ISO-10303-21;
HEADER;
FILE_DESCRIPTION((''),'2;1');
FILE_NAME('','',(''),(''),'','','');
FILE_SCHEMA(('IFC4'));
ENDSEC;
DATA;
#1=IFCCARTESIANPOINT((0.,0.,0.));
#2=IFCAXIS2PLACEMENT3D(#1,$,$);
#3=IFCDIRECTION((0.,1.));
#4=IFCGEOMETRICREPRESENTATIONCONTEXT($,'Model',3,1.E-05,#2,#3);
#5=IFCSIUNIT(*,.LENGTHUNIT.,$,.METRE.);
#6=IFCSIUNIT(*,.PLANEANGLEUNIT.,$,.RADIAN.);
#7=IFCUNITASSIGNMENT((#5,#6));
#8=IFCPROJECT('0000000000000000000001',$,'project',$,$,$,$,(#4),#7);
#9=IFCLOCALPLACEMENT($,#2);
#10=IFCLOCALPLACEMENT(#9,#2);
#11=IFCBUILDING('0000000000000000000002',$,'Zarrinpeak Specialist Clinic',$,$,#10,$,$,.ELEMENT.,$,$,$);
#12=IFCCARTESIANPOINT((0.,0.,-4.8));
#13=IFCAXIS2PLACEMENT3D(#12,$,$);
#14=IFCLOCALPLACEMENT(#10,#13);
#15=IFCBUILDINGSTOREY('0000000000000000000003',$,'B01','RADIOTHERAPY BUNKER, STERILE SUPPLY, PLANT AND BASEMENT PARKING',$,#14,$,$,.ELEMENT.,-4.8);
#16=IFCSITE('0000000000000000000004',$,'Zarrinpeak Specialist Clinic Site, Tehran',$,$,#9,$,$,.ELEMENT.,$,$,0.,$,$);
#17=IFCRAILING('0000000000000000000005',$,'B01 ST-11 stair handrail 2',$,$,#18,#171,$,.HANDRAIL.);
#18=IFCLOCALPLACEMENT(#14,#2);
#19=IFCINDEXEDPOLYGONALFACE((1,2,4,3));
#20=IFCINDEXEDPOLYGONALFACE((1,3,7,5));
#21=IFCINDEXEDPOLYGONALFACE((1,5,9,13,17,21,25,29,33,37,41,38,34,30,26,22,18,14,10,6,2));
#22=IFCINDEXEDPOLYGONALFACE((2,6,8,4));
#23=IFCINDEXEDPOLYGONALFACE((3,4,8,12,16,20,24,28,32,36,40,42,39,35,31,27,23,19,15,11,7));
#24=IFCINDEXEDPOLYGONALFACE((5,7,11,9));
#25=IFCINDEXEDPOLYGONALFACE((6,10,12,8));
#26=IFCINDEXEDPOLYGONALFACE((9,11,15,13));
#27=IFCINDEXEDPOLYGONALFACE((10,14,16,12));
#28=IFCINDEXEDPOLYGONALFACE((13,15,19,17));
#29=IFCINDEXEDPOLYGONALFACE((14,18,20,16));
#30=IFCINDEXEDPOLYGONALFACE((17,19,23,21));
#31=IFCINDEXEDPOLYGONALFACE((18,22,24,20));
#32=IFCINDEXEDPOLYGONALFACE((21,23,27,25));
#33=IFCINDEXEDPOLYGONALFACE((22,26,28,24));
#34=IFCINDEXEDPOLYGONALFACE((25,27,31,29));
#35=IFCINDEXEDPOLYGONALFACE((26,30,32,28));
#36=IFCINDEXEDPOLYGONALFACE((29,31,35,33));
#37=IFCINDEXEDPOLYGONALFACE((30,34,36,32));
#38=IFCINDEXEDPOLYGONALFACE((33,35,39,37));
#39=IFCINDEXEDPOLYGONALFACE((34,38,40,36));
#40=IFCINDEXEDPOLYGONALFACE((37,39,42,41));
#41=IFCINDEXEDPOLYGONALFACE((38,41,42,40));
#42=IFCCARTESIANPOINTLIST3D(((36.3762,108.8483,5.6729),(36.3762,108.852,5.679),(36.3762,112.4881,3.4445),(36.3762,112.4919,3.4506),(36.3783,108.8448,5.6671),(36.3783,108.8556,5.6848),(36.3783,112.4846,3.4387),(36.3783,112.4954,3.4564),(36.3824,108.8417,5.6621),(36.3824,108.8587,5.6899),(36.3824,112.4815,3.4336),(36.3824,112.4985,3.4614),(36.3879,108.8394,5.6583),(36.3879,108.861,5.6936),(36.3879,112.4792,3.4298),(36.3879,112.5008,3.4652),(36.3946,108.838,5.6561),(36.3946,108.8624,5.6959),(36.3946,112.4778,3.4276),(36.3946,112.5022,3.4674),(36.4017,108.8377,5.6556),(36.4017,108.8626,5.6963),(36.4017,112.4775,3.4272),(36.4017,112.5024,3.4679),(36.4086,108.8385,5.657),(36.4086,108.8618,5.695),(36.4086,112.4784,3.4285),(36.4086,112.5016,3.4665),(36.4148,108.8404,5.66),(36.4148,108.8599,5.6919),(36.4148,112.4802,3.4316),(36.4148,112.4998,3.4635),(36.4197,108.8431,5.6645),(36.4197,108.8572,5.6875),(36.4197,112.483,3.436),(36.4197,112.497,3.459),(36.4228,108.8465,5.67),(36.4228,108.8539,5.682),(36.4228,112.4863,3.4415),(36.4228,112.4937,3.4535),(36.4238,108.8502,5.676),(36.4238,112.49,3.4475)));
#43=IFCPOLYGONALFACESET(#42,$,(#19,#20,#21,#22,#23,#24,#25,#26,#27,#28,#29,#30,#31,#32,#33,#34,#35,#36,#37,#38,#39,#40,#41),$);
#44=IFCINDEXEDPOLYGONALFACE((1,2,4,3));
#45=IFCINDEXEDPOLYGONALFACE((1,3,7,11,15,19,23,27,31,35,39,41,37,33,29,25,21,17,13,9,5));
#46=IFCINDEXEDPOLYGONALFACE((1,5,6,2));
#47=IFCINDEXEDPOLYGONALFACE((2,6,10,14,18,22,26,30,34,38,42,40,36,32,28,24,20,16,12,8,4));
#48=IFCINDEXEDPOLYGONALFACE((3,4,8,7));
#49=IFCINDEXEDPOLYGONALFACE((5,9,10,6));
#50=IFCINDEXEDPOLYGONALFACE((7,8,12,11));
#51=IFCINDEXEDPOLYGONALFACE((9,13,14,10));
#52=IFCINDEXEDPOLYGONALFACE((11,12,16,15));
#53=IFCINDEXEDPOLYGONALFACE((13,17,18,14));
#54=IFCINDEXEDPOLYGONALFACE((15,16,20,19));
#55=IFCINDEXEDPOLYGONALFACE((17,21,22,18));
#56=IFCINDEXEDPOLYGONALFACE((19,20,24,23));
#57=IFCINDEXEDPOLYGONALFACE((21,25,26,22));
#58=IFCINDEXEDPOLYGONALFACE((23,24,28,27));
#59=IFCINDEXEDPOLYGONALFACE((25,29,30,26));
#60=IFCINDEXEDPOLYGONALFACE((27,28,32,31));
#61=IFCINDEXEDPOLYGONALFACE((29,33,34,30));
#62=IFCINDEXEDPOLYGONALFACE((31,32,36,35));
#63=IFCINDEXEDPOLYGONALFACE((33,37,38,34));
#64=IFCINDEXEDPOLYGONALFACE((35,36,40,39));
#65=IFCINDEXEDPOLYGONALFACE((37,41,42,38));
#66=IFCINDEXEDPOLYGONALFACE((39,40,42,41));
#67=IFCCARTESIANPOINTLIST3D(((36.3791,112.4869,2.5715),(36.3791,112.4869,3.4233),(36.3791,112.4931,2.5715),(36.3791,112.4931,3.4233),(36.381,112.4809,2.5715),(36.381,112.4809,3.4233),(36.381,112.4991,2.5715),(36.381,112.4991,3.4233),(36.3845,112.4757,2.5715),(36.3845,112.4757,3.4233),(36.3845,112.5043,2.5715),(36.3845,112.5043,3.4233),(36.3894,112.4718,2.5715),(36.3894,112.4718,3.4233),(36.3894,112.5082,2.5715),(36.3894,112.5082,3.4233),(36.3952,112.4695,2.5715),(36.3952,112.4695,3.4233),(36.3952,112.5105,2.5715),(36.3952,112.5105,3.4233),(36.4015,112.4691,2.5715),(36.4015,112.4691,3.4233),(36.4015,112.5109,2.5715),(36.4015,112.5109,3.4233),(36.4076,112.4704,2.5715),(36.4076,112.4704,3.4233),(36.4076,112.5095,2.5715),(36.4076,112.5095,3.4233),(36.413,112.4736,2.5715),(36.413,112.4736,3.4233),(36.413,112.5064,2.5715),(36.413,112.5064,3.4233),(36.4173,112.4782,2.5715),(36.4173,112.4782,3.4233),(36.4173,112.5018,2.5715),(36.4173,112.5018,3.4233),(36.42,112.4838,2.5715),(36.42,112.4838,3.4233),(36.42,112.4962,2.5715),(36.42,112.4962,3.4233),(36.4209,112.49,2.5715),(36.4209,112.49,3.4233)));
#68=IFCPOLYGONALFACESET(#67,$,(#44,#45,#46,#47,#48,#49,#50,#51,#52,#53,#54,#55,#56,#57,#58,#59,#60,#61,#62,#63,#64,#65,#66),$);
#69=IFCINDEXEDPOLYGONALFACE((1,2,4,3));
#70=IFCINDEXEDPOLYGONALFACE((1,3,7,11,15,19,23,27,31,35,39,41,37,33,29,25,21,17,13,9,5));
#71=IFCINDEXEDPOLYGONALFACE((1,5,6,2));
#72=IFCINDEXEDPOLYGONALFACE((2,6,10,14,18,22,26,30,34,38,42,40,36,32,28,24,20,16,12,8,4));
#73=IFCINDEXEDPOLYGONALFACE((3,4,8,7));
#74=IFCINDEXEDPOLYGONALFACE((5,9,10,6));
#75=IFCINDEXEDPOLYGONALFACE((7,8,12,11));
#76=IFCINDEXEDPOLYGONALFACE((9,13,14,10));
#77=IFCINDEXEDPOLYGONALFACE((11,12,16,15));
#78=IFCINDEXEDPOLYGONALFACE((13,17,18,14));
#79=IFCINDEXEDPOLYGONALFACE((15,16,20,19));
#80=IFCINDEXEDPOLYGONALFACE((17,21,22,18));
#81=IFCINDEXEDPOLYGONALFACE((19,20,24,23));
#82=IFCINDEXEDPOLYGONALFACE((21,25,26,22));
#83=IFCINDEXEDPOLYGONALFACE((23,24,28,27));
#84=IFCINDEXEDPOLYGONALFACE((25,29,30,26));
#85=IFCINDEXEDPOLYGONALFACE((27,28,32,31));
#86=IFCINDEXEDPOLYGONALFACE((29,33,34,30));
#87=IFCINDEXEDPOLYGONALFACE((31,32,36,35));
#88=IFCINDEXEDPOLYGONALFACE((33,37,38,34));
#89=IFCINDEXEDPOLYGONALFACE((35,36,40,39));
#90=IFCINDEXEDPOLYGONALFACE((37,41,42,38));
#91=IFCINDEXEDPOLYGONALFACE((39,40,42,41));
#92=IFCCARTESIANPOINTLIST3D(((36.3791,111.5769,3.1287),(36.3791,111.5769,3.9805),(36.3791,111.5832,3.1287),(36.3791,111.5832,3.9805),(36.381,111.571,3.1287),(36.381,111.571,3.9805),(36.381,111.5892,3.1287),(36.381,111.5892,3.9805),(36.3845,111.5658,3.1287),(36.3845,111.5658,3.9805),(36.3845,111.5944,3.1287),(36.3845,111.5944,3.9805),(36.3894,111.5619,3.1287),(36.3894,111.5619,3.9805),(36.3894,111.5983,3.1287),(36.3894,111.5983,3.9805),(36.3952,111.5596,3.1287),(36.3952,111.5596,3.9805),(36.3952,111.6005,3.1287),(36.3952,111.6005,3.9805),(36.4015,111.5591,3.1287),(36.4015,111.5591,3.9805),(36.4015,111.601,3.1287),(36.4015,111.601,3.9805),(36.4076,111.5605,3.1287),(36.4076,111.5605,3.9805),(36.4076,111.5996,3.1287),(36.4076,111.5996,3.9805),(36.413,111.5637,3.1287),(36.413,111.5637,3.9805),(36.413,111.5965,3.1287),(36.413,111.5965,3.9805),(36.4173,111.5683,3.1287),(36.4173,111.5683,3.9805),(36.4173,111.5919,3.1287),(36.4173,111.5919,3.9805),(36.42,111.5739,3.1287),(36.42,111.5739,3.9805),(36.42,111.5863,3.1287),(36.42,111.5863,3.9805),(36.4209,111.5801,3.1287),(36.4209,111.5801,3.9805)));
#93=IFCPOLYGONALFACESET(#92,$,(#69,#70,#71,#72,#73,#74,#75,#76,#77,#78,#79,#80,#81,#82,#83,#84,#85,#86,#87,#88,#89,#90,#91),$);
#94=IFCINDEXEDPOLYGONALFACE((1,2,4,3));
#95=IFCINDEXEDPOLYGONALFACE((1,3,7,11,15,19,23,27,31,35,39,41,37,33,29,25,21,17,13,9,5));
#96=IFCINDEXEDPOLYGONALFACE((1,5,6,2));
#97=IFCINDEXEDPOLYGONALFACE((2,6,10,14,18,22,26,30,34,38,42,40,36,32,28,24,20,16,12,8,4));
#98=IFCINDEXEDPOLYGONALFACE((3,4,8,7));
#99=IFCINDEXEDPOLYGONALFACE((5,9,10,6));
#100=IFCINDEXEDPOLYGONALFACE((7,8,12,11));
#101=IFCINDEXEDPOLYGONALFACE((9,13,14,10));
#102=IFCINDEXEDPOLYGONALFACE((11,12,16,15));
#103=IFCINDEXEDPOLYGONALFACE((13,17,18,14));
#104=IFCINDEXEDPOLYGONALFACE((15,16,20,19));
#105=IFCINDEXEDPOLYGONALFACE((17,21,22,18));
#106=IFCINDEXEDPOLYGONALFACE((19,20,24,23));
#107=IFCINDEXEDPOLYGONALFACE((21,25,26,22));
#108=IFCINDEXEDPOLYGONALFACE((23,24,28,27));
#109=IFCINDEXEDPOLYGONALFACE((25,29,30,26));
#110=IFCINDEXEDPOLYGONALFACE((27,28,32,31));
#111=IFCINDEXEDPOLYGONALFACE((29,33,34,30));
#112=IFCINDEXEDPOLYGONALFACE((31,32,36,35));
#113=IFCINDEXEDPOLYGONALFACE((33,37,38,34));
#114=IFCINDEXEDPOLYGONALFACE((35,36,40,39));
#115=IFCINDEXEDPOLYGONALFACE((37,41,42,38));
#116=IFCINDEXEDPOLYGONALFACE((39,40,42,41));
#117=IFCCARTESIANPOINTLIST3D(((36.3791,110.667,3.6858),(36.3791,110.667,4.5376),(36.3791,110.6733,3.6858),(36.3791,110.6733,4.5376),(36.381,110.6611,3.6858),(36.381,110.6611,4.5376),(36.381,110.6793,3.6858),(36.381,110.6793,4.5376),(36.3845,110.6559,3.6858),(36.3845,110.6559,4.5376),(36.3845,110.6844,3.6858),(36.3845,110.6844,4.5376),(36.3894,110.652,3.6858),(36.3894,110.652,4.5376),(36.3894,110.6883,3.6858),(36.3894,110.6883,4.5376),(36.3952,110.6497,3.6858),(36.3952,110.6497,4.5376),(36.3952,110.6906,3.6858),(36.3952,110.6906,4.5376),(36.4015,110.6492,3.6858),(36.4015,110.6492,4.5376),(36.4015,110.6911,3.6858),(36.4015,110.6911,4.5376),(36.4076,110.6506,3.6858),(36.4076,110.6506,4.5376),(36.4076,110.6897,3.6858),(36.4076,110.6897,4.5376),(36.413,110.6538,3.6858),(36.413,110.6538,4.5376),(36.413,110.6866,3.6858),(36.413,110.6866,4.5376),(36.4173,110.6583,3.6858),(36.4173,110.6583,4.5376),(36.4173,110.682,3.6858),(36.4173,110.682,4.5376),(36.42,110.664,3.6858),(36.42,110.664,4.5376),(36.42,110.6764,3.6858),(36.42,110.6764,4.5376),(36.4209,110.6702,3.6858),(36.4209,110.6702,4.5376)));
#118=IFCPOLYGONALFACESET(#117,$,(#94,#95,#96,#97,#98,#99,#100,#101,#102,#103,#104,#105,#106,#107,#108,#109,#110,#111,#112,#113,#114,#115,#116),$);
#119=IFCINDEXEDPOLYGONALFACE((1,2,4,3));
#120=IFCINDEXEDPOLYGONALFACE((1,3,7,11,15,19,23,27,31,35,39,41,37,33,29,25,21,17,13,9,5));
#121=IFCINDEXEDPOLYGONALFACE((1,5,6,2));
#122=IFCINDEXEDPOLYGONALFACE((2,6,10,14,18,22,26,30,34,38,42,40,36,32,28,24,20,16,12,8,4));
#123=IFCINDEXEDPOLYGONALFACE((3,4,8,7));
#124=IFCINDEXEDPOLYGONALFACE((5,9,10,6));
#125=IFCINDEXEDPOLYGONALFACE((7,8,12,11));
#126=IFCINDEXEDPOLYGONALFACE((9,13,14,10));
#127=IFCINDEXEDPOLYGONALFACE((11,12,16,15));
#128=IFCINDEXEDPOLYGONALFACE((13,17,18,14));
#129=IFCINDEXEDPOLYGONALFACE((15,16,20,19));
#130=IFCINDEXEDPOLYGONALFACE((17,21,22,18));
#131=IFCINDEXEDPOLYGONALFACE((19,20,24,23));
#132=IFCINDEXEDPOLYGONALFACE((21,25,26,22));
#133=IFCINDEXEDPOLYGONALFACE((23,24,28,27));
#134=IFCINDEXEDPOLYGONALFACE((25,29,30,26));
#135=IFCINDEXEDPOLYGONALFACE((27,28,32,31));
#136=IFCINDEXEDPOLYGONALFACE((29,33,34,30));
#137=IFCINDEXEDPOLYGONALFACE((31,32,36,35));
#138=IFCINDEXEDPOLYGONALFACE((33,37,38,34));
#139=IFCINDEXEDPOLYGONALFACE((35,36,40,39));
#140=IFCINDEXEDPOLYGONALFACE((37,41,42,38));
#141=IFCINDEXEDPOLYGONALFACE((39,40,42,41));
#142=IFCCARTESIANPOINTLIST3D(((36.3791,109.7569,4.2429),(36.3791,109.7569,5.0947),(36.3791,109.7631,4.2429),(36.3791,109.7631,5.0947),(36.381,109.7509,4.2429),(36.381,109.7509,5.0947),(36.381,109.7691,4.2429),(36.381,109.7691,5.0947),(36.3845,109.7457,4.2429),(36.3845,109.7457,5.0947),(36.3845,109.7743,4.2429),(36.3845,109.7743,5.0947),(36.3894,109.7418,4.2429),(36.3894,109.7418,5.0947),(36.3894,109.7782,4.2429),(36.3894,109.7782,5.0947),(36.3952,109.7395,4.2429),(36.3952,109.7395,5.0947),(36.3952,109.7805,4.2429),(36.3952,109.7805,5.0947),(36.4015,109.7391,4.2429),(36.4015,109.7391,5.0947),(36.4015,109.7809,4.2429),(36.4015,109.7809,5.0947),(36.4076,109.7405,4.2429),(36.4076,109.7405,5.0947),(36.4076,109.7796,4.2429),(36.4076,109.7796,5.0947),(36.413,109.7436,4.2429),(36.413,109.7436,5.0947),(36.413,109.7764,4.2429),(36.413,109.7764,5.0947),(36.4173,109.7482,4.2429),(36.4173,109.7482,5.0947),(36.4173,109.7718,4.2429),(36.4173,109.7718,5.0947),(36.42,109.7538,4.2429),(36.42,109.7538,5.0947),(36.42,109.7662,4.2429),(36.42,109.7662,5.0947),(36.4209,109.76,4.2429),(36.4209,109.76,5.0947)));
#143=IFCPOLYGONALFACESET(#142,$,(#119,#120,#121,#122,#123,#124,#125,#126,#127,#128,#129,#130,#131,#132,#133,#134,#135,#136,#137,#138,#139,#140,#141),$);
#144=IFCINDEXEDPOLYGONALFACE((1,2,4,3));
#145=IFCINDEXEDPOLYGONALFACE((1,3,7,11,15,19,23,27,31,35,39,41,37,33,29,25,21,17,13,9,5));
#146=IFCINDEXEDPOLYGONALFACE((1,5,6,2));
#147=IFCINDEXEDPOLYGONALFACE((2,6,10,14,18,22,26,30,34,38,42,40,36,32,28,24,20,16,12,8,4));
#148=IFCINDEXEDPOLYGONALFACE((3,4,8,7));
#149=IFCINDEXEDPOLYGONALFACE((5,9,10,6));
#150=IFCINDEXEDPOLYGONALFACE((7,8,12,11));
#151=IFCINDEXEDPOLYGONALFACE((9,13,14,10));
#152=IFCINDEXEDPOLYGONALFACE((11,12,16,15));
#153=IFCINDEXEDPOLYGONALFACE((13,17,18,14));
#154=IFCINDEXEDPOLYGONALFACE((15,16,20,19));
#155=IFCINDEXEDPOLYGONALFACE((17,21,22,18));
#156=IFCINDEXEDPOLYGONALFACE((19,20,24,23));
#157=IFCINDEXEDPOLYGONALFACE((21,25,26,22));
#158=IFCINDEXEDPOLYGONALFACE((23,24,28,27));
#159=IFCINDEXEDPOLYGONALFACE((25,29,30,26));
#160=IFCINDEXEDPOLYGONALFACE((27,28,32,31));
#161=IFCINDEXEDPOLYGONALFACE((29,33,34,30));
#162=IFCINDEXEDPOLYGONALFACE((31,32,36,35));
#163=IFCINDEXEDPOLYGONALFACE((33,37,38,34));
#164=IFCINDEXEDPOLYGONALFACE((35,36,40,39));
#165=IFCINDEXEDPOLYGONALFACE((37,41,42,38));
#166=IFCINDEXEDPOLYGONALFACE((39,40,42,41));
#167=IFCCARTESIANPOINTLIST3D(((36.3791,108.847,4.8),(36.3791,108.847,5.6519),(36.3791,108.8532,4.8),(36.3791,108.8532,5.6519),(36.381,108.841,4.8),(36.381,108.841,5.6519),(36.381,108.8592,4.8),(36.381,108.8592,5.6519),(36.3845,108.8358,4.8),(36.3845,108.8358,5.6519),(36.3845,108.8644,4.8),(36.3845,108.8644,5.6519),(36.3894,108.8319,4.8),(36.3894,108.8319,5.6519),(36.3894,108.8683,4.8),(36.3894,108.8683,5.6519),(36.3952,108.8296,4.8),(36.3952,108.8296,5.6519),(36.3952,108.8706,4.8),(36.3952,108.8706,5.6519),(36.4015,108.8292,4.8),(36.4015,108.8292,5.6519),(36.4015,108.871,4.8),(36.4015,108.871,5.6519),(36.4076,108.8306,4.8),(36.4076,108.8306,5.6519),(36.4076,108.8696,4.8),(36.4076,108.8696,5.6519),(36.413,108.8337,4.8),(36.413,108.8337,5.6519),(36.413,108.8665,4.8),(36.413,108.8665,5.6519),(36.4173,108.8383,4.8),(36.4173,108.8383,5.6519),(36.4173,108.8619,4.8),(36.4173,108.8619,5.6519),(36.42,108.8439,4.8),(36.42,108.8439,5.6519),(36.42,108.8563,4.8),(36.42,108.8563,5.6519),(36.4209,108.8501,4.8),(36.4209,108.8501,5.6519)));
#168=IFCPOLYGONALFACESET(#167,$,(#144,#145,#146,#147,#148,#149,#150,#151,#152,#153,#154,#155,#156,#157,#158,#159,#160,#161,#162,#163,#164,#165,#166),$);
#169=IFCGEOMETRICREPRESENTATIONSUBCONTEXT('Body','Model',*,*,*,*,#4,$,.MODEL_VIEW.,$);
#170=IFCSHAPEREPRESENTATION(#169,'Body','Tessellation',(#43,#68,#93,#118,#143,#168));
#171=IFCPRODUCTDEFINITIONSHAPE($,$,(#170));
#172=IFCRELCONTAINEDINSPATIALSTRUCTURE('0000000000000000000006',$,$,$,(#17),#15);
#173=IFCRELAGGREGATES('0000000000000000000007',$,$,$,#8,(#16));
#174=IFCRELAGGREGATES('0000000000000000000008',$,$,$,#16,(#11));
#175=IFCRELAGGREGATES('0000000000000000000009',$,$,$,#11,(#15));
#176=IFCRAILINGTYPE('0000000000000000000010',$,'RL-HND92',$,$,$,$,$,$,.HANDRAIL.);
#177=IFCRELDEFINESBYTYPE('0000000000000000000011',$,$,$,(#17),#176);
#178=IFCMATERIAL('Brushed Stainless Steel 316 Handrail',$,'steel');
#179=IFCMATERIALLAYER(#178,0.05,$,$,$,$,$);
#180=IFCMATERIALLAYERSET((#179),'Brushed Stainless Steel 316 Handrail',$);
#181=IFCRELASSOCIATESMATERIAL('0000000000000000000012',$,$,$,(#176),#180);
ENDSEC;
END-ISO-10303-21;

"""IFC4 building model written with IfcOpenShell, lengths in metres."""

from ifc_helpers import new_model, si_unit, direction, frame, origin, origin_2d, place, context, subcontext, project, spatial, circle, extrude, material, layer, layer_set, type_object, element, save


model = new_model("IFC4")

# Units and contexts
model_context = context("Model", 3, precision=1e-05, world=origin(), true_north=direction((0.0, 1.0)))
body_context = subcontext(model_context, "Body", "Model", "MODEL_VIEW")
ifc_project = project(units=[si_unit("LENGTHUNIT", "METRE"), si_unit("PLANEANGLEUNIT", "RADIAN")], contexts=[model_context])

# Site, building, storey
site_placement = place(None, origin())
site = spatial("IfcSite", under=ifc_project, at=site_placement, Name="Zarrinpeak Specialist Clinic Site, Tehran", CompositionType="ELEMENT", RefElevation=0.0)
building_placement = place(site_placement, origin())
building = spatial("IfcBuilding", under=site, at=building_placement, Name="Zarrinpeak Specialist Clinic", CompositionType="ELEMENT")
storey_placement = place(building_placement, frame((0.0, 0.0, -4.8)))
storey = spatial("IfcBuildingStorey", under=building, at=storey_placement, Name="B01", Description="RADIOTHERAPY BUNKER, STERILE SUPPLY, PLANT AND BASEMENT PARKING", CompositionType="ELEMENT", Elevation=-4.8)

# Railing
ifc_material_1 = material(Name="Brushed Stainless Steel 316 Handrail", Category="steel")
ifc_layer_1 = layer(ifc_material_1, 0.05)
ifc_layer_set_1 = layer_set([ifc_layer_1], Name="Brushed Stainless Steel 316 Handrail")
railing_type_1 = type_object("IfcRailingType", Name="RL-HND92", PredefinedType="HANDRAIL", material=ifc_layer_set_1)
railing_1_placement = place(storey_placement, frame((36.3999, 112.49, 2.5715)))
element("IfcRailing", 1, at=railing_1_placement, inside=storey, type_object=railing_type_1, Name="B01 ST-11 stair handrail 2", PredefinedType="HANDRAIL", context=body_context, shape_type="SweptSolid", body=[
    extrude(circle(Radius=0.0239, at=origin_2d()), frame((0.0, 0.0, 0.876), z_axis=(0.0, -0.85285, 0.522156), x_axis=(1.0, 0.0, 0.0)), (0.0, 0.0, 1.0), 4.2678),
    extrude(circle(Radius=0.021, at=origin_2d()), origin(), (0.0, 0.0, 1.0), 0.8518),
    extrude(circle(Radius=0.021, at=origin_2d()), frame((0.0, -0.9099, 0.5571)), (0.0, 0.0, 1.0), 0.8518),
    extrude(circle(Radius=0.021, at=origin_2d()), frame((0.0, -1.8198, 1.1143)), (0.0, 0.0, 1.0), 0.8518),
    extrude(circle(Radius=0.021, at=origin_2d()), frame((0.0, -2.73, 1.6714)), (0.0, 0.0, 1.0), 0.8518),
    extrude(circle(Radius=0.021, at=origin_2d()), frame((0.0, -3.6399, 2.2285)), (0.0, 0.0, 1.0), 0.8518),
])

save(model, "model.ifc")
